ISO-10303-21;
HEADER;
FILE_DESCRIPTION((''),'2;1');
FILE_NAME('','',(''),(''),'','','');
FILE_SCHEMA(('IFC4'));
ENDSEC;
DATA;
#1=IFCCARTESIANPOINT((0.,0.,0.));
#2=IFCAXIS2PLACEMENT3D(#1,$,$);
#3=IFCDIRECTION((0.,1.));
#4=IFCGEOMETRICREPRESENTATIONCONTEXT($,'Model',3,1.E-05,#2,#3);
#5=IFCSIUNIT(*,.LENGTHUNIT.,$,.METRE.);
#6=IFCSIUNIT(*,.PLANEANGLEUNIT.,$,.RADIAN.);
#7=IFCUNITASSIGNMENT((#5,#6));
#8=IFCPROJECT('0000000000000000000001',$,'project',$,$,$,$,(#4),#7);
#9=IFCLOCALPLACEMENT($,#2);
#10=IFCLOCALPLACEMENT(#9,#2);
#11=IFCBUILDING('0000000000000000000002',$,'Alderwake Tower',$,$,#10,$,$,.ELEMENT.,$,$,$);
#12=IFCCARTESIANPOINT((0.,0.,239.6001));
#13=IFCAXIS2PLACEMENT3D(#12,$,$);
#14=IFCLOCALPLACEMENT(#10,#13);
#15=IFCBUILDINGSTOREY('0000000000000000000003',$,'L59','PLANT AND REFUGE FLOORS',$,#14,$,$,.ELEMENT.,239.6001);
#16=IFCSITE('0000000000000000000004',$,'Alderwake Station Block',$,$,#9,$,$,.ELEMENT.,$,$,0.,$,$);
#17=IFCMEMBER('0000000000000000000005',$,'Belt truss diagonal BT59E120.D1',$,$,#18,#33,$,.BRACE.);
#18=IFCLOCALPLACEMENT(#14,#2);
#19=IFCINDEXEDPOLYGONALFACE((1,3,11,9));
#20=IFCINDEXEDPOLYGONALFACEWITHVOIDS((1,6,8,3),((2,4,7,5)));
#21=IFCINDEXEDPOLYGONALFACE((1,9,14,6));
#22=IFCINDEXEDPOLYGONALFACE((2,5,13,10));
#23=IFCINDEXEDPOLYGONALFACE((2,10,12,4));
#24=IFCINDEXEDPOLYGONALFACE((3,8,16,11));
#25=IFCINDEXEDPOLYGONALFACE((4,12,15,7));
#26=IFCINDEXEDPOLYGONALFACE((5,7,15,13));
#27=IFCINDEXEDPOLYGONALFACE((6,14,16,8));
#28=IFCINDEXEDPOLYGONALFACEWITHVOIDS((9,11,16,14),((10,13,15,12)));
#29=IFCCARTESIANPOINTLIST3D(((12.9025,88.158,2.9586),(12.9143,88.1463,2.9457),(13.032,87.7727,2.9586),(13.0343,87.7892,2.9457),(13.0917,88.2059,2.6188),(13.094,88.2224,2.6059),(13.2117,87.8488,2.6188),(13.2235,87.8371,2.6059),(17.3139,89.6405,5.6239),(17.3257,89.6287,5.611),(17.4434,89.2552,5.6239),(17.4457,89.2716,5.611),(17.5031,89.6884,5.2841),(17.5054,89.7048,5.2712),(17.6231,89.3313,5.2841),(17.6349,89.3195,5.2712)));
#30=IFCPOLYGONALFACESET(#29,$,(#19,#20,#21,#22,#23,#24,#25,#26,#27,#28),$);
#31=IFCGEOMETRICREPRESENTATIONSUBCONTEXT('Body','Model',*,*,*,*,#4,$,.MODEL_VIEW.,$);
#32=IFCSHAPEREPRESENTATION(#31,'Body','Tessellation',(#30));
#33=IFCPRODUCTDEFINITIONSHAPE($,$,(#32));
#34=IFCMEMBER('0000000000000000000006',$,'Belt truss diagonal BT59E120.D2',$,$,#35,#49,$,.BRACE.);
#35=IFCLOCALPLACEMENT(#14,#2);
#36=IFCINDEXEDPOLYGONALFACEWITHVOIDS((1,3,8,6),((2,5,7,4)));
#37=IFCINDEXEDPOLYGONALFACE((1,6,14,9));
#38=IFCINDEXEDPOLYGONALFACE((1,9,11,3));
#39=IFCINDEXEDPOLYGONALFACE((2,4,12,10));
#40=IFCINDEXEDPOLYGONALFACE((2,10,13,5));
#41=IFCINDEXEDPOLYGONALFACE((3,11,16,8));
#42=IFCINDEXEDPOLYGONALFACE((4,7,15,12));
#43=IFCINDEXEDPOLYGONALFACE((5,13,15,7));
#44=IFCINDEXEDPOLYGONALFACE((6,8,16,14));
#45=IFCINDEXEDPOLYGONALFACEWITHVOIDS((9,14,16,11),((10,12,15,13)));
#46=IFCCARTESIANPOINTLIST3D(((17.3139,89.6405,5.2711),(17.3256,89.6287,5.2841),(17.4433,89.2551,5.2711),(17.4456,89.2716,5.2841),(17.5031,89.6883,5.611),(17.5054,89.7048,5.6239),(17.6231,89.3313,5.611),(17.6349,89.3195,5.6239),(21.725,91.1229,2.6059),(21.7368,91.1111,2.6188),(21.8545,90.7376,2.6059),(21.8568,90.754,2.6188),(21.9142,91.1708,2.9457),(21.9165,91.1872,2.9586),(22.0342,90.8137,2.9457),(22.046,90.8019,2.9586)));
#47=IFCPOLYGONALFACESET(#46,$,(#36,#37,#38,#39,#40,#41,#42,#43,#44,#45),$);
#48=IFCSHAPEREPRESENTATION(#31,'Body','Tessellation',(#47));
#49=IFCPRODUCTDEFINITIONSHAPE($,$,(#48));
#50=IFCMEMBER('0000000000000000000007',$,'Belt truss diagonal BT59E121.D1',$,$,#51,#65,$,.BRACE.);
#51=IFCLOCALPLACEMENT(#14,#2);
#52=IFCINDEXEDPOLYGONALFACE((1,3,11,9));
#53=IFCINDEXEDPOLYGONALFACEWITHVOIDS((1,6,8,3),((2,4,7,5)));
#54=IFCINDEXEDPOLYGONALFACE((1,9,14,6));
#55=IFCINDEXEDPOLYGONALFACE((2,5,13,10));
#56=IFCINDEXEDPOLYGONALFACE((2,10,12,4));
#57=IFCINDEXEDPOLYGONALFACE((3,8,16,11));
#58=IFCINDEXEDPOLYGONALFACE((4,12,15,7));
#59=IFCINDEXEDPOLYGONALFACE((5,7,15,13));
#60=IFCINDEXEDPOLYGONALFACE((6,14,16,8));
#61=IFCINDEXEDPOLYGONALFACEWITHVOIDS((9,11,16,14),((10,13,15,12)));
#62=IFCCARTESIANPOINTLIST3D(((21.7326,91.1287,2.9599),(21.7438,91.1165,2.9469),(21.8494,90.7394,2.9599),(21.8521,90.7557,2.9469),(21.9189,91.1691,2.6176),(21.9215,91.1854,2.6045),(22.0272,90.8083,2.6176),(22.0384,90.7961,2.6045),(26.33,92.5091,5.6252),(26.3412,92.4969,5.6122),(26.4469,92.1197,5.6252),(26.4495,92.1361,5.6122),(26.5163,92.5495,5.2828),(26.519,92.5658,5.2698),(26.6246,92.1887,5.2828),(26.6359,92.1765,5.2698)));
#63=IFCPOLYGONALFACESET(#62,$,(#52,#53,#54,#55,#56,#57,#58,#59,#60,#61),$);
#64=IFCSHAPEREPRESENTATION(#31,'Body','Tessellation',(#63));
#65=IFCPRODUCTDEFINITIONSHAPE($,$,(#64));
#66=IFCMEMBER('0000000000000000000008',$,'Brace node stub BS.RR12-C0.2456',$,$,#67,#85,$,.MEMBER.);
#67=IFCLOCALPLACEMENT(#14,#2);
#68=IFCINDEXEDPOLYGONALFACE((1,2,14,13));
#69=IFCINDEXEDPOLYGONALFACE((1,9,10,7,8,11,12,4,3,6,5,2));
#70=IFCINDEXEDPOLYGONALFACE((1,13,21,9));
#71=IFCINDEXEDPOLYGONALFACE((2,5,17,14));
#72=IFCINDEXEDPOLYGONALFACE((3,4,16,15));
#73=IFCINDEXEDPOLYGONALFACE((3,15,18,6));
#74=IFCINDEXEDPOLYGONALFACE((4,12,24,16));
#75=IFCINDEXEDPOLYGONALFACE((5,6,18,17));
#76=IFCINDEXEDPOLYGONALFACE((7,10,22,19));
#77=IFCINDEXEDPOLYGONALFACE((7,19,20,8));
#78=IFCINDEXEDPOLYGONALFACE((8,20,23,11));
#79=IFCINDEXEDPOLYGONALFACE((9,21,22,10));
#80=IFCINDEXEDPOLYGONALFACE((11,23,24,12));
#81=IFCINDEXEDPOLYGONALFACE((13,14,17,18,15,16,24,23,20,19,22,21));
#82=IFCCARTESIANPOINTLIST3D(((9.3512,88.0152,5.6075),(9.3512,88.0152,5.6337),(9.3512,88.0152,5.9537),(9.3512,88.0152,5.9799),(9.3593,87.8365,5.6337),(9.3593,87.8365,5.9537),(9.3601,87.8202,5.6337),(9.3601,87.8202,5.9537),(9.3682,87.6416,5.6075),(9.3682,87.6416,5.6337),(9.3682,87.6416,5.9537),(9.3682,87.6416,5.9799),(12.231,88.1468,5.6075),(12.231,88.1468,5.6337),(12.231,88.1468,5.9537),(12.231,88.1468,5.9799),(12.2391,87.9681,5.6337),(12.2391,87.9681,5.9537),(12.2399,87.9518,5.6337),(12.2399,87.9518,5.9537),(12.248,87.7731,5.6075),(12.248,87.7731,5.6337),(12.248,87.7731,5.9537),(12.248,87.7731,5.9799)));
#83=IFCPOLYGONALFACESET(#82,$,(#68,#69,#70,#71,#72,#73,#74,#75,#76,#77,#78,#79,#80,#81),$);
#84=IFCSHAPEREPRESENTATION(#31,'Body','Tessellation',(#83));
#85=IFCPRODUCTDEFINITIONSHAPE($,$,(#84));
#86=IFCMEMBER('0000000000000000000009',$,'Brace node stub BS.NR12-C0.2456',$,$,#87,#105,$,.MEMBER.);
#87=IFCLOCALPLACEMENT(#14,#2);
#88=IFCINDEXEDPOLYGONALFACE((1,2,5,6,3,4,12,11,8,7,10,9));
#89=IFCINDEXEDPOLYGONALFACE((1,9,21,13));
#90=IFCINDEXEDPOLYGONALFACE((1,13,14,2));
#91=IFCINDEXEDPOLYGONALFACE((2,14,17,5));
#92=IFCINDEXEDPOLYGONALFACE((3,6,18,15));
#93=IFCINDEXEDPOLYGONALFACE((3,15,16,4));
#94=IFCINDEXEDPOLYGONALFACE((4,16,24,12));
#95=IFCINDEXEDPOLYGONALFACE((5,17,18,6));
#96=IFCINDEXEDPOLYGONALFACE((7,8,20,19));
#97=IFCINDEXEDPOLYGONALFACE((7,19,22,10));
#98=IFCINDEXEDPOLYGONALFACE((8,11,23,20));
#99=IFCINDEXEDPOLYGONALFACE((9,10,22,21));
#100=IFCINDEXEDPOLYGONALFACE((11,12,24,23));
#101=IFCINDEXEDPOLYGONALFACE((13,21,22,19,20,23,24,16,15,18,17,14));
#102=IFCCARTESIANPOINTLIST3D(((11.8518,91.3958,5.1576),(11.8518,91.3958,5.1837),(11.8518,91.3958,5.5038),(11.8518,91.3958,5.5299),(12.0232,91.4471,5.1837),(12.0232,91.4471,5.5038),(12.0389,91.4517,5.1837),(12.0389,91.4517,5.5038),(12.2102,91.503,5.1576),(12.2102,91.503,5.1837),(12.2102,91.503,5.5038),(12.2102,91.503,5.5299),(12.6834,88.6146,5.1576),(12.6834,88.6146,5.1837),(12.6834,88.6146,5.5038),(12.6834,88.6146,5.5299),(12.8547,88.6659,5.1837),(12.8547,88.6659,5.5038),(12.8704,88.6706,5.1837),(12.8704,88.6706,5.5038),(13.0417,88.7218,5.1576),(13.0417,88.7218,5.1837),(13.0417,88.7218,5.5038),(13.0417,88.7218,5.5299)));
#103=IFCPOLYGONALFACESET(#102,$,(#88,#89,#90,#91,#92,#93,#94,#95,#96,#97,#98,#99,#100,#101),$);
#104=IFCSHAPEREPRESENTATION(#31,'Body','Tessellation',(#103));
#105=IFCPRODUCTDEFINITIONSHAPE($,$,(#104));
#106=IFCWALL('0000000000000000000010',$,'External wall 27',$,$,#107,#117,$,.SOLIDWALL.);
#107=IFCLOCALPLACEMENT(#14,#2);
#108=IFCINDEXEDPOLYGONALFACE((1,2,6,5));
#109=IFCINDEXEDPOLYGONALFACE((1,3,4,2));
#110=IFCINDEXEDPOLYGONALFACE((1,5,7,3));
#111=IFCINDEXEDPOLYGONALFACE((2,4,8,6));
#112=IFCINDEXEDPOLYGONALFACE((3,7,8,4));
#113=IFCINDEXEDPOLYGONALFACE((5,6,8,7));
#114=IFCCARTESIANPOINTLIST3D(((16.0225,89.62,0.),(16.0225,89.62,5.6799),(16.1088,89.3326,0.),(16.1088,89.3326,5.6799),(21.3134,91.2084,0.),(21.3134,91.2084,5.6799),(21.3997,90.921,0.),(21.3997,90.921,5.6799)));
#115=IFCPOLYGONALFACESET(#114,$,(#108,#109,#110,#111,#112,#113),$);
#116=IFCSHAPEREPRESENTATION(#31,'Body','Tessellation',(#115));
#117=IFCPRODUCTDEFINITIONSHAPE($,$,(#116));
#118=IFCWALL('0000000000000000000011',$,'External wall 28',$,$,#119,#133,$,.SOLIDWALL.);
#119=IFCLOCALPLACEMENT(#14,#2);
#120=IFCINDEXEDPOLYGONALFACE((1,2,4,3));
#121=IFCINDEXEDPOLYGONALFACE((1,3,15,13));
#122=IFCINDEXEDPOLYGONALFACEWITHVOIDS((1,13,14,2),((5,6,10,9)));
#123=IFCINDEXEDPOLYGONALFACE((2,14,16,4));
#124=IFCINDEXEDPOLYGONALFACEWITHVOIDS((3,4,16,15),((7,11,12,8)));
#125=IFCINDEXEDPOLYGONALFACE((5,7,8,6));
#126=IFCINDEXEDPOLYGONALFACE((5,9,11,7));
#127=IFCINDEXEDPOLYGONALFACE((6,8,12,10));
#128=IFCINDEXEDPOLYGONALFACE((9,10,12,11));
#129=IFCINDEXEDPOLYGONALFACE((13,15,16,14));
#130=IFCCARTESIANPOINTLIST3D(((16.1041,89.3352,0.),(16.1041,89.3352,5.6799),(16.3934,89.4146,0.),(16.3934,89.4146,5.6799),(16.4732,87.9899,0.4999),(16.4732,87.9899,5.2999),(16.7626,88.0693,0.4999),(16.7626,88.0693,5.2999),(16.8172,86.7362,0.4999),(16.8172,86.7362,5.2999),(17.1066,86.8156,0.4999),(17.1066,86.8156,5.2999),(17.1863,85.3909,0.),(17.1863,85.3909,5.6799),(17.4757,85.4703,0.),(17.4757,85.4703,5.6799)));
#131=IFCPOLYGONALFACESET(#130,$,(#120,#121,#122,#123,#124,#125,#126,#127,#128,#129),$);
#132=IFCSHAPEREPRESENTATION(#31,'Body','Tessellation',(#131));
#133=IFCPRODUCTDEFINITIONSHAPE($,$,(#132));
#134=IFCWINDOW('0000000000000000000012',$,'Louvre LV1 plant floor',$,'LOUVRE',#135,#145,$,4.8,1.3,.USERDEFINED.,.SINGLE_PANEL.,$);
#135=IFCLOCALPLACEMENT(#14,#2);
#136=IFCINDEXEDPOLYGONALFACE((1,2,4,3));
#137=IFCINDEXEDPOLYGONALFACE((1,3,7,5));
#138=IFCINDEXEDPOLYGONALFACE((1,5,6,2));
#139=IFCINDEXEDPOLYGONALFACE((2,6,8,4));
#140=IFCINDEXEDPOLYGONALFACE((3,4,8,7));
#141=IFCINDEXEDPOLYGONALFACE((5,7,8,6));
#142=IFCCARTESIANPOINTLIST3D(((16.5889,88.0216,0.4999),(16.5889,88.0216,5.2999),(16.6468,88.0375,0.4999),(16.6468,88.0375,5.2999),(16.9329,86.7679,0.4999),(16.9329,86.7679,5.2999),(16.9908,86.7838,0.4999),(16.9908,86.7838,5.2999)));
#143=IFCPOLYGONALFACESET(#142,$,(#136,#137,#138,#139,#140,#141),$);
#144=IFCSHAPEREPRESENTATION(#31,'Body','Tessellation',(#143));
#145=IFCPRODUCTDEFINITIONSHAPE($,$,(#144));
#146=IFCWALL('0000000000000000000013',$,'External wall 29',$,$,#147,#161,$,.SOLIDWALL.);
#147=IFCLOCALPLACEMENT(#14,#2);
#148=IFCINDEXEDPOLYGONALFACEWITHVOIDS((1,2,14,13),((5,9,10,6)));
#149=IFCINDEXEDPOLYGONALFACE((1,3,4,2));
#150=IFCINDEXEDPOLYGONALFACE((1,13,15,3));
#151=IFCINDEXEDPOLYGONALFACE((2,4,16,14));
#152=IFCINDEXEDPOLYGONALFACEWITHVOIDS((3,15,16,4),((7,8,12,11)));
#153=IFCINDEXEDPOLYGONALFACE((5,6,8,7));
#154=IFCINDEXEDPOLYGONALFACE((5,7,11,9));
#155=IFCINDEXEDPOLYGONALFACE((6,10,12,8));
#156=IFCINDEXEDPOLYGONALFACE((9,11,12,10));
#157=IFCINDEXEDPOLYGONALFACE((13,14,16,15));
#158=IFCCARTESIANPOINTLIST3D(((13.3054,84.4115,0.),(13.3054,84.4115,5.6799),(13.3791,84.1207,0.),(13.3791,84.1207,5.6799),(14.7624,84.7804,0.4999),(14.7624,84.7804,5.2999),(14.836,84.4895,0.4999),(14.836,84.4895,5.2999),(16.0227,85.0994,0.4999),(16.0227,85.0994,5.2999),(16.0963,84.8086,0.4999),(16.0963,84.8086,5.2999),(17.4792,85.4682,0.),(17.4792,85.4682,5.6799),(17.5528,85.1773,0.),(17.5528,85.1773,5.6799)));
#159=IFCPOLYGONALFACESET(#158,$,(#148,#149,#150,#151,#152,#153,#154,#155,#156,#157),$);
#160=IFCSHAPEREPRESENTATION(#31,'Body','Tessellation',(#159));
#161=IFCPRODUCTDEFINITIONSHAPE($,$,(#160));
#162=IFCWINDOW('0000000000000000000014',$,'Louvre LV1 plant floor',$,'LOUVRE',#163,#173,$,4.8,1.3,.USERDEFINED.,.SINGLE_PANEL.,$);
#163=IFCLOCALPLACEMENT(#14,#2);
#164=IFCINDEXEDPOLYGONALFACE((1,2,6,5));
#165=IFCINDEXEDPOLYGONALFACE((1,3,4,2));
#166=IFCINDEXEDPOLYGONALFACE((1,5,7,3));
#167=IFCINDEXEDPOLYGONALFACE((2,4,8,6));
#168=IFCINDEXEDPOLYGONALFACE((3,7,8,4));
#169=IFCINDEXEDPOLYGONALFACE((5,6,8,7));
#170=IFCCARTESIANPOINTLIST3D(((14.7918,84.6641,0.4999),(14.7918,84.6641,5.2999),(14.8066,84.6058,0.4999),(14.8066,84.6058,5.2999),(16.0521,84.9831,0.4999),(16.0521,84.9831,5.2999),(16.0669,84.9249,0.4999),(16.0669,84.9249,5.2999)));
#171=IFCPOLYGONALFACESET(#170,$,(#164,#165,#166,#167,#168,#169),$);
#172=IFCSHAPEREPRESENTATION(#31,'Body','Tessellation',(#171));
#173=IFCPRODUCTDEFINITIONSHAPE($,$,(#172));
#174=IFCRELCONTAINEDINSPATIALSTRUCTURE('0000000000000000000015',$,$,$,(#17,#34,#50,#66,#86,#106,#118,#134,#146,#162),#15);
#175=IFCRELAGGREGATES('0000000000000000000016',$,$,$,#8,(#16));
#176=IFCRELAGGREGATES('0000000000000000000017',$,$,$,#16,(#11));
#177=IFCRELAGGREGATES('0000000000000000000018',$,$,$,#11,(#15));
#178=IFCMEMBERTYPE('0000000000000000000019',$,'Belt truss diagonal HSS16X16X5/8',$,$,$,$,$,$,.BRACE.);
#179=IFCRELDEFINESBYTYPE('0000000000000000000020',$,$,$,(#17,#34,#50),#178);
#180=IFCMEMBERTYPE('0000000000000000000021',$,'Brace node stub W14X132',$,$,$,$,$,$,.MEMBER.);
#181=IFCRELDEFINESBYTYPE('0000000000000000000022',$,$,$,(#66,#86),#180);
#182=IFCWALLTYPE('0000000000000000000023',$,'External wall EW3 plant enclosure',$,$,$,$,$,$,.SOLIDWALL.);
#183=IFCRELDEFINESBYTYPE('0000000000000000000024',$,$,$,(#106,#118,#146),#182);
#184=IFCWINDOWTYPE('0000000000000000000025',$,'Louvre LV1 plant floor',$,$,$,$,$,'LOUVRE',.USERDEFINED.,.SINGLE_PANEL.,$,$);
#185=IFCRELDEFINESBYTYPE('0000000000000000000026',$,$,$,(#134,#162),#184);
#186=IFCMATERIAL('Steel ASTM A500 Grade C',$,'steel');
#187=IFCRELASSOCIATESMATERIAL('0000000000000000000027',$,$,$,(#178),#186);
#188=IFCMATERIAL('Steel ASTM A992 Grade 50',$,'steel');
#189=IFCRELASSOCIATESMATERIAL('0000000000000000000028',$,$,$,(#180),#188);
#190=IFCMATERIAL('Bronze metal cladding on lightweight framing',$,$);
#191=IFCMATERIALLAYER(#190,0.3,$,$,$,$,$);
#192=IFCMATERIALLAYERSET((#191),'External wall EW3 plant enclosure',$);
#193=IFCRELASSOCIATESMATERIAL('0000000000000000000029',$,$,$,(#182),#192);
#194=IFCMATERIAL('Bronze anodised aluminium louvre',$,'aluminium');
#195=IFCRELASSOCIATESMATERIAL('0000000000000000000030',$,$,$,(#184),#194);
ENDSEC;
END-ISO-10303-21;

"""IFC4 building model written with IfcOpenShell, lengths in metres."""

from ifc_helpers import new_model, si_unit, direction, frame, frame_2d, origin, origin_2d, place, context, subcontext, project, spatial, rectangle, hollow_rectangle, i_section, extrude, material, layer, layer_set, material_profile, profile_set, type_object, element, fill, save


model = new_model("IFC4")

# Units and contexts
model_context = context("Model", 3, precision=1e-05, world=origin(), true_north=direction((0.0, 1.0)))
body_context = subcontext(model_context, "Body", "Model", "MODEL_VIEW")
ifc_project = project(units=[si_unit("LENGTHUNIT", "METRE"), si_unit("PLANEANGLEUNIT", "RADIAN")], contexts=[model_context])

# Site, building, storey
site_placement = place(None, origin())
site = spatial("IfcSite", under=ifc_project, at=site_placement, Name="Alderwake Station Block", CompositionType="ELEMENT", RefElevation=0.0)
building_placement = place(site_placement, origin())
building = spatial("IfcBuilding", under=site, at=building_placement, Name="Alderwake Tower", CompositionType="ELEMENT")
storey_placement = place(building_placement, frame((0.0, 0.0, 239.6001)))
storey = spatial("IfcBuildingStorey", under=building, at=storey_placement, Name="L59", Description="PLANT AND REFUGE FLOORS", CompositionType="ELEMENT", Elevation=239.6001)

# Members
ifc_material_1 = material(Name="Steel ASTM A500 Grade C", Category="steel")
ifc_material_profile_1 = material_profile(ifc_material_1, hollow_rectangle(XDim=0.4065, YDim=0.4065, WallThickness=0.0149, at=origin_2d()), Name="HSS16X16X5/8")
ifc_profile_set_1 = profile_set([ifc_material_profile_1], Name="Steel ASTM A500 Grade C")
member_type_1 = type_object("IfcMemberType", Name="Belt truss diagonal HSS16X16X5/8", PredefinedType="BRACE", material=ifc_profile_set_1)
member_1_placement = place(storey_placement, frame((13.063, 87.9976, 2.7822), z_axis=(0.822561, 0.276418, 0.496978), x_axis=(-0.31854, 0.947909, 0.0)))
element("IfcMember", 1, at=member_1_placement, inside=storey, type_object=member_type_1, Name="Belt truss diagonal BT59E120.D1", PredefinedType="BRACE", context=body_context, shape_type="SweptSolid", body=[
    extrude(hollow_rectangle(XDim=0.4065, YDim=0.4065, WallThickness=0.0149, at=origin_2d()), origin(), (0.0, 0.0, 1.0), 5.363),
])
member_2_placement = place(storey_placement, frame((21.8855, 90.9624, 2.7822), z_axis=(-0.822546, -0.276428, 0.496997), x_axis=(0.318556, -0.947904, 0.0)))
element("IfcMember", 2, at=member_2_placement, inside=storey, type_object=member_type_1, Name="Belt truss diagonal BT59E120.D2", PredefinedType="BRACE", context=body_context, shape_type="SweptSolid", body=[
    extrude(hollow_rectangle(XDim=0.4065, YDim=0.4065, WallThickness=0.0149, at=origin_2d()), origin(), (0.0, 0.0, 1.0), 5.3628),
])
member_3_placement = place(storey_placement, frame((21.8855, 90.9624, 2.7822), z_axis=(0.837343, 0.251412, 0.485437), x_axis=(-0.287567, 0.95776, 0.0)))
element("IfcMember", 3, at=member_3_placement, inside=storey, type_object=member_type_1, Name="Belt truss diagonal BT59E121.D1", PredefinedType="BRACE", context=body_context, shape_type="SweptSolid", body=[
    extrude(hollow_rectangle(XDim=0.4065, YDim=0.4065, WallThickness=0.0149, at=origin_2d()), origin(), (0.0, 0.0, 1.0), 5.4905),
])
ifc_material_2 = material(Name="Steel ASTM A992 Grade 50", Category="steel")
ifc_material_profile_2 = material_profile(ifc_material_2, i_section(OverallWidth=0.374, OverallDepth=0.3723, WebThickness=0.0164, FlangeThickness=0.0261, at=origin_2d()), Name="W14X132")
ifc_profile_set_2 = profile_set([ifc_material_profile_2], Name="Steel ASTM A992 Grade 50")
member_type_2 = type_object("IfcMemberType", Name="Brace node stub W14X132", PredefinedType="MEMBER", material=ifc_profile_set_2)
member_4_placement = place(storey_placement, frame((12.2395, 87.96, 5.7937), z_axis=(-0.998958, -0.045646, 0.0), x_axis=(0.045646, -0.998958, 0.0)))
element("IfcMember", 4, at=member_4_placement, inside=storey, type_object=member_type_2, Name="Brace node stub BS.RR12-C0.2456", PredefinedType="MEMBER", context=body_context, shape_type="SweptSolid", body=[
    extrude(i_section(OverallWidth=0.374, OverallDepth=0.3723, WebThickness=0.0164, FlangeThickness=0.0261, at=origin_2d()), origin(), (0.0, 0.0, 1.0), 2.8828),
])
member_5_placement = place(storey_placement, frame((12.8625, 88.6682, 5.3438), z_axis=(-0.286453, 0.958094, 0.0), x_axis=(-0.958094, -0.286453, 0.0)))
element("IfcMember", 5, at=member_5_placement, inside=storey, type_object=member_type_2, Name="Brace node stub BS.NR12-C0.2456", PredefinedType="MEMBER", context=body_context, shape_type="SweptSolid", body=[
    extrude(i_section(OverallWidth=0.374, OverallDepth=0.3723, WebThickness=0.0164, FlangeThickness=0.0261, at=origin_2d()), origin(), (0.0, 0.0, 1.0), 2.9028),
])

# Wall
ifc_material_3 = material(Name="Bronze metal cladding on lightweight framing")
ifc_layer = layer(ifc_material_3, 0.3)
ifc_layer_set = layer_set([ifc_layer], Name="External wall EW3 plant enclosure")
wall_type = type_object("IfcWallType", Name="External wall EW3 plant enclosure", PredefinedType="SOLIDWALL", material=ifc_layer_set)
wall_1_placement = place(storey_placement, frame((21.3567, 91.0647, 0.0), z_axis=(0.0, 0.0, 1.0), x_axis=(-0.957773, -0.287526, 0.0)))
element("IfcWall", 6, at=wall_1_placement, inside=storey, type_object=wall_type, Name="External wall 27", PredefinedType="SOLIDWALL", context=body_context, shape_type="SweptSolid", body=[
    extrude(rectangle(XDim=5.5242, YDim=0.3, at=frame_2d((2.7622, 0.0))), origin(), (0.0, 0.0, 1.0), 5.6799),
])

# Walls, openings, windows
wall_2_placement = place(storey_placement, frame((16.2488, 89.3748, 0.0), z_axis=(0.0, 0.0, 1.0), x_axis=(0.264607, -0.964356, 0.0)))
wall_2 = element("IfcWall", 7, at=wall_2_placement, inside=storey, type_object=wall_type, Name="External wall 28", PredefinedType="SOLIDWALL", context=body_context, shape_type="SweptSolid", body=[
    extrude(rectangle(XDim=4.0901, YDim=0.3, at=frame_2d((2.0449, 0.0))), origin(), (0.0, 0.0, 1.0), 5.6799),
])
opening_1_placement = place(wall_2_placement, frame((1.395, 0.0, 0.5)))
opening_1 = element("IfcOpeningElement", 8, at=opening_1_placement, cuts=wall_2, PredefinedType="OPENING", context=body_context, shape_type="SweptSolid", body=[
    extrude(rectangle(XDim=1.3, YDim=4.8, at=frame_2d((0.6499, 2.3999))), frame((0.0, 0.1599, 0.0), z_axis=(0.0, -1.0, 0.0), x_axis=(1.0, 0.0, 0.0)), (0.0, 0.0, 1.0), 0.3201),
])
ifc_material_4 = material(Name="Bronze anodised aluminium louvre", Category="aluminium")
window_type = type_object("IfcWindowType", Name="Louvre LV1 plant floor", ElementType="LOUVRE", PartitioningType="SINGLE_PANEL", PredefinedType="USERDEFINED", material=ifc_material_4)
window_1_placement = place(opening_1_placement, origin())
window_1 = element("IfcWindow", 9, at=window_1_placement, inside=storey, type_object=window_type, Name="Louvre LV1 plant floor", ObjectType="LOUVRE", OverallHeight=4.8, OverallWidth=1.3, PartitioningType="SINGLE_PANEL", PredefinedType="USERDEFINED", context=body_context, shape_type="SweptSolid", body=[
    extrude(rectangle(XDim=1.3, YDim=4.8, at=frame_2d((0.6499, 2.3999))), frame((0.0, 0.03, 0.0), z_axis=(0.0, -1.0, 0.0), x_axis=(1.0, 0.0, 0.0)), (0.0, 0.0, 1.0), 0.0601),
])
fill(opening_1, window_1)
wall_3_placement = place(storey_placement, frame((17.5161, 85.3228, 0.0), z_axis=(0.0, 0.0, 1.0), x_axis=(-0.969418, -0.245416, 0.0)))
wall_3 = element("IfcWall", 10, at=wall_3_placement, inside=storey, type_object=wall_type, Name="External wall 29", PredefinedType="SOLIDWALL", context=body_context, shape_type="SweptSolid", body=[
    extrude(rectangle(XDim=4.3054, YDim=0.3, at=frame_2d((2.1528, 0.0))), origin(), (0.0, 0.0, 1.0), 5.6799),
])
opening_2_placement = place(wall_3_placement, frame((1.5027, 0.0, 0.5)))
opening_2 = element("IfcOpeningElement", 11, at=opening_2_placement, cuts=wall_3, PredefinedType="OPENING", context=body_context, shape_type="SweptSolid", body=[
    extrude(rectangle(XDim=1.3, YDim=4.8, at=frame_2d((0.6499, 2.3999))), frame((0.0, 0.1599, 0.0), z_axis=(0.0, -1.0, 0.0), x_axis=(1.0, 0.0, 0.0)), (0.0, 0.0, 1.0), 0.3201),
])
window_2_placement = place(opening_2_placement, origin())
window_2 = element("IfcWindow", 12, at=window_2_placement, inside=storey, type_object=window_type, Name="Louvre LV1 plant floor", ObjectType="LOUVRE", OverallHeight=4.8, OverallWidth=1.3, PartitioningType="SINGLE_PANEL", PredefinedType="USERDEFINED", context=body_context, shape_type="SweptSolid", body=[
    extrude(rectangle(XDim=1.3, YDim=4.8, at=frame_2d((0.6499, 2.3999))), frame((0.0, 0.03, 0.0), z_axis=(0.0, -1.0, 0.0), x_axis=(1.0, 0.0, 0.0)), (0.0, 0.0, 1.0), 0.0601),
])
fill(opening_2, window_2)

save(model, "model.ifc")
